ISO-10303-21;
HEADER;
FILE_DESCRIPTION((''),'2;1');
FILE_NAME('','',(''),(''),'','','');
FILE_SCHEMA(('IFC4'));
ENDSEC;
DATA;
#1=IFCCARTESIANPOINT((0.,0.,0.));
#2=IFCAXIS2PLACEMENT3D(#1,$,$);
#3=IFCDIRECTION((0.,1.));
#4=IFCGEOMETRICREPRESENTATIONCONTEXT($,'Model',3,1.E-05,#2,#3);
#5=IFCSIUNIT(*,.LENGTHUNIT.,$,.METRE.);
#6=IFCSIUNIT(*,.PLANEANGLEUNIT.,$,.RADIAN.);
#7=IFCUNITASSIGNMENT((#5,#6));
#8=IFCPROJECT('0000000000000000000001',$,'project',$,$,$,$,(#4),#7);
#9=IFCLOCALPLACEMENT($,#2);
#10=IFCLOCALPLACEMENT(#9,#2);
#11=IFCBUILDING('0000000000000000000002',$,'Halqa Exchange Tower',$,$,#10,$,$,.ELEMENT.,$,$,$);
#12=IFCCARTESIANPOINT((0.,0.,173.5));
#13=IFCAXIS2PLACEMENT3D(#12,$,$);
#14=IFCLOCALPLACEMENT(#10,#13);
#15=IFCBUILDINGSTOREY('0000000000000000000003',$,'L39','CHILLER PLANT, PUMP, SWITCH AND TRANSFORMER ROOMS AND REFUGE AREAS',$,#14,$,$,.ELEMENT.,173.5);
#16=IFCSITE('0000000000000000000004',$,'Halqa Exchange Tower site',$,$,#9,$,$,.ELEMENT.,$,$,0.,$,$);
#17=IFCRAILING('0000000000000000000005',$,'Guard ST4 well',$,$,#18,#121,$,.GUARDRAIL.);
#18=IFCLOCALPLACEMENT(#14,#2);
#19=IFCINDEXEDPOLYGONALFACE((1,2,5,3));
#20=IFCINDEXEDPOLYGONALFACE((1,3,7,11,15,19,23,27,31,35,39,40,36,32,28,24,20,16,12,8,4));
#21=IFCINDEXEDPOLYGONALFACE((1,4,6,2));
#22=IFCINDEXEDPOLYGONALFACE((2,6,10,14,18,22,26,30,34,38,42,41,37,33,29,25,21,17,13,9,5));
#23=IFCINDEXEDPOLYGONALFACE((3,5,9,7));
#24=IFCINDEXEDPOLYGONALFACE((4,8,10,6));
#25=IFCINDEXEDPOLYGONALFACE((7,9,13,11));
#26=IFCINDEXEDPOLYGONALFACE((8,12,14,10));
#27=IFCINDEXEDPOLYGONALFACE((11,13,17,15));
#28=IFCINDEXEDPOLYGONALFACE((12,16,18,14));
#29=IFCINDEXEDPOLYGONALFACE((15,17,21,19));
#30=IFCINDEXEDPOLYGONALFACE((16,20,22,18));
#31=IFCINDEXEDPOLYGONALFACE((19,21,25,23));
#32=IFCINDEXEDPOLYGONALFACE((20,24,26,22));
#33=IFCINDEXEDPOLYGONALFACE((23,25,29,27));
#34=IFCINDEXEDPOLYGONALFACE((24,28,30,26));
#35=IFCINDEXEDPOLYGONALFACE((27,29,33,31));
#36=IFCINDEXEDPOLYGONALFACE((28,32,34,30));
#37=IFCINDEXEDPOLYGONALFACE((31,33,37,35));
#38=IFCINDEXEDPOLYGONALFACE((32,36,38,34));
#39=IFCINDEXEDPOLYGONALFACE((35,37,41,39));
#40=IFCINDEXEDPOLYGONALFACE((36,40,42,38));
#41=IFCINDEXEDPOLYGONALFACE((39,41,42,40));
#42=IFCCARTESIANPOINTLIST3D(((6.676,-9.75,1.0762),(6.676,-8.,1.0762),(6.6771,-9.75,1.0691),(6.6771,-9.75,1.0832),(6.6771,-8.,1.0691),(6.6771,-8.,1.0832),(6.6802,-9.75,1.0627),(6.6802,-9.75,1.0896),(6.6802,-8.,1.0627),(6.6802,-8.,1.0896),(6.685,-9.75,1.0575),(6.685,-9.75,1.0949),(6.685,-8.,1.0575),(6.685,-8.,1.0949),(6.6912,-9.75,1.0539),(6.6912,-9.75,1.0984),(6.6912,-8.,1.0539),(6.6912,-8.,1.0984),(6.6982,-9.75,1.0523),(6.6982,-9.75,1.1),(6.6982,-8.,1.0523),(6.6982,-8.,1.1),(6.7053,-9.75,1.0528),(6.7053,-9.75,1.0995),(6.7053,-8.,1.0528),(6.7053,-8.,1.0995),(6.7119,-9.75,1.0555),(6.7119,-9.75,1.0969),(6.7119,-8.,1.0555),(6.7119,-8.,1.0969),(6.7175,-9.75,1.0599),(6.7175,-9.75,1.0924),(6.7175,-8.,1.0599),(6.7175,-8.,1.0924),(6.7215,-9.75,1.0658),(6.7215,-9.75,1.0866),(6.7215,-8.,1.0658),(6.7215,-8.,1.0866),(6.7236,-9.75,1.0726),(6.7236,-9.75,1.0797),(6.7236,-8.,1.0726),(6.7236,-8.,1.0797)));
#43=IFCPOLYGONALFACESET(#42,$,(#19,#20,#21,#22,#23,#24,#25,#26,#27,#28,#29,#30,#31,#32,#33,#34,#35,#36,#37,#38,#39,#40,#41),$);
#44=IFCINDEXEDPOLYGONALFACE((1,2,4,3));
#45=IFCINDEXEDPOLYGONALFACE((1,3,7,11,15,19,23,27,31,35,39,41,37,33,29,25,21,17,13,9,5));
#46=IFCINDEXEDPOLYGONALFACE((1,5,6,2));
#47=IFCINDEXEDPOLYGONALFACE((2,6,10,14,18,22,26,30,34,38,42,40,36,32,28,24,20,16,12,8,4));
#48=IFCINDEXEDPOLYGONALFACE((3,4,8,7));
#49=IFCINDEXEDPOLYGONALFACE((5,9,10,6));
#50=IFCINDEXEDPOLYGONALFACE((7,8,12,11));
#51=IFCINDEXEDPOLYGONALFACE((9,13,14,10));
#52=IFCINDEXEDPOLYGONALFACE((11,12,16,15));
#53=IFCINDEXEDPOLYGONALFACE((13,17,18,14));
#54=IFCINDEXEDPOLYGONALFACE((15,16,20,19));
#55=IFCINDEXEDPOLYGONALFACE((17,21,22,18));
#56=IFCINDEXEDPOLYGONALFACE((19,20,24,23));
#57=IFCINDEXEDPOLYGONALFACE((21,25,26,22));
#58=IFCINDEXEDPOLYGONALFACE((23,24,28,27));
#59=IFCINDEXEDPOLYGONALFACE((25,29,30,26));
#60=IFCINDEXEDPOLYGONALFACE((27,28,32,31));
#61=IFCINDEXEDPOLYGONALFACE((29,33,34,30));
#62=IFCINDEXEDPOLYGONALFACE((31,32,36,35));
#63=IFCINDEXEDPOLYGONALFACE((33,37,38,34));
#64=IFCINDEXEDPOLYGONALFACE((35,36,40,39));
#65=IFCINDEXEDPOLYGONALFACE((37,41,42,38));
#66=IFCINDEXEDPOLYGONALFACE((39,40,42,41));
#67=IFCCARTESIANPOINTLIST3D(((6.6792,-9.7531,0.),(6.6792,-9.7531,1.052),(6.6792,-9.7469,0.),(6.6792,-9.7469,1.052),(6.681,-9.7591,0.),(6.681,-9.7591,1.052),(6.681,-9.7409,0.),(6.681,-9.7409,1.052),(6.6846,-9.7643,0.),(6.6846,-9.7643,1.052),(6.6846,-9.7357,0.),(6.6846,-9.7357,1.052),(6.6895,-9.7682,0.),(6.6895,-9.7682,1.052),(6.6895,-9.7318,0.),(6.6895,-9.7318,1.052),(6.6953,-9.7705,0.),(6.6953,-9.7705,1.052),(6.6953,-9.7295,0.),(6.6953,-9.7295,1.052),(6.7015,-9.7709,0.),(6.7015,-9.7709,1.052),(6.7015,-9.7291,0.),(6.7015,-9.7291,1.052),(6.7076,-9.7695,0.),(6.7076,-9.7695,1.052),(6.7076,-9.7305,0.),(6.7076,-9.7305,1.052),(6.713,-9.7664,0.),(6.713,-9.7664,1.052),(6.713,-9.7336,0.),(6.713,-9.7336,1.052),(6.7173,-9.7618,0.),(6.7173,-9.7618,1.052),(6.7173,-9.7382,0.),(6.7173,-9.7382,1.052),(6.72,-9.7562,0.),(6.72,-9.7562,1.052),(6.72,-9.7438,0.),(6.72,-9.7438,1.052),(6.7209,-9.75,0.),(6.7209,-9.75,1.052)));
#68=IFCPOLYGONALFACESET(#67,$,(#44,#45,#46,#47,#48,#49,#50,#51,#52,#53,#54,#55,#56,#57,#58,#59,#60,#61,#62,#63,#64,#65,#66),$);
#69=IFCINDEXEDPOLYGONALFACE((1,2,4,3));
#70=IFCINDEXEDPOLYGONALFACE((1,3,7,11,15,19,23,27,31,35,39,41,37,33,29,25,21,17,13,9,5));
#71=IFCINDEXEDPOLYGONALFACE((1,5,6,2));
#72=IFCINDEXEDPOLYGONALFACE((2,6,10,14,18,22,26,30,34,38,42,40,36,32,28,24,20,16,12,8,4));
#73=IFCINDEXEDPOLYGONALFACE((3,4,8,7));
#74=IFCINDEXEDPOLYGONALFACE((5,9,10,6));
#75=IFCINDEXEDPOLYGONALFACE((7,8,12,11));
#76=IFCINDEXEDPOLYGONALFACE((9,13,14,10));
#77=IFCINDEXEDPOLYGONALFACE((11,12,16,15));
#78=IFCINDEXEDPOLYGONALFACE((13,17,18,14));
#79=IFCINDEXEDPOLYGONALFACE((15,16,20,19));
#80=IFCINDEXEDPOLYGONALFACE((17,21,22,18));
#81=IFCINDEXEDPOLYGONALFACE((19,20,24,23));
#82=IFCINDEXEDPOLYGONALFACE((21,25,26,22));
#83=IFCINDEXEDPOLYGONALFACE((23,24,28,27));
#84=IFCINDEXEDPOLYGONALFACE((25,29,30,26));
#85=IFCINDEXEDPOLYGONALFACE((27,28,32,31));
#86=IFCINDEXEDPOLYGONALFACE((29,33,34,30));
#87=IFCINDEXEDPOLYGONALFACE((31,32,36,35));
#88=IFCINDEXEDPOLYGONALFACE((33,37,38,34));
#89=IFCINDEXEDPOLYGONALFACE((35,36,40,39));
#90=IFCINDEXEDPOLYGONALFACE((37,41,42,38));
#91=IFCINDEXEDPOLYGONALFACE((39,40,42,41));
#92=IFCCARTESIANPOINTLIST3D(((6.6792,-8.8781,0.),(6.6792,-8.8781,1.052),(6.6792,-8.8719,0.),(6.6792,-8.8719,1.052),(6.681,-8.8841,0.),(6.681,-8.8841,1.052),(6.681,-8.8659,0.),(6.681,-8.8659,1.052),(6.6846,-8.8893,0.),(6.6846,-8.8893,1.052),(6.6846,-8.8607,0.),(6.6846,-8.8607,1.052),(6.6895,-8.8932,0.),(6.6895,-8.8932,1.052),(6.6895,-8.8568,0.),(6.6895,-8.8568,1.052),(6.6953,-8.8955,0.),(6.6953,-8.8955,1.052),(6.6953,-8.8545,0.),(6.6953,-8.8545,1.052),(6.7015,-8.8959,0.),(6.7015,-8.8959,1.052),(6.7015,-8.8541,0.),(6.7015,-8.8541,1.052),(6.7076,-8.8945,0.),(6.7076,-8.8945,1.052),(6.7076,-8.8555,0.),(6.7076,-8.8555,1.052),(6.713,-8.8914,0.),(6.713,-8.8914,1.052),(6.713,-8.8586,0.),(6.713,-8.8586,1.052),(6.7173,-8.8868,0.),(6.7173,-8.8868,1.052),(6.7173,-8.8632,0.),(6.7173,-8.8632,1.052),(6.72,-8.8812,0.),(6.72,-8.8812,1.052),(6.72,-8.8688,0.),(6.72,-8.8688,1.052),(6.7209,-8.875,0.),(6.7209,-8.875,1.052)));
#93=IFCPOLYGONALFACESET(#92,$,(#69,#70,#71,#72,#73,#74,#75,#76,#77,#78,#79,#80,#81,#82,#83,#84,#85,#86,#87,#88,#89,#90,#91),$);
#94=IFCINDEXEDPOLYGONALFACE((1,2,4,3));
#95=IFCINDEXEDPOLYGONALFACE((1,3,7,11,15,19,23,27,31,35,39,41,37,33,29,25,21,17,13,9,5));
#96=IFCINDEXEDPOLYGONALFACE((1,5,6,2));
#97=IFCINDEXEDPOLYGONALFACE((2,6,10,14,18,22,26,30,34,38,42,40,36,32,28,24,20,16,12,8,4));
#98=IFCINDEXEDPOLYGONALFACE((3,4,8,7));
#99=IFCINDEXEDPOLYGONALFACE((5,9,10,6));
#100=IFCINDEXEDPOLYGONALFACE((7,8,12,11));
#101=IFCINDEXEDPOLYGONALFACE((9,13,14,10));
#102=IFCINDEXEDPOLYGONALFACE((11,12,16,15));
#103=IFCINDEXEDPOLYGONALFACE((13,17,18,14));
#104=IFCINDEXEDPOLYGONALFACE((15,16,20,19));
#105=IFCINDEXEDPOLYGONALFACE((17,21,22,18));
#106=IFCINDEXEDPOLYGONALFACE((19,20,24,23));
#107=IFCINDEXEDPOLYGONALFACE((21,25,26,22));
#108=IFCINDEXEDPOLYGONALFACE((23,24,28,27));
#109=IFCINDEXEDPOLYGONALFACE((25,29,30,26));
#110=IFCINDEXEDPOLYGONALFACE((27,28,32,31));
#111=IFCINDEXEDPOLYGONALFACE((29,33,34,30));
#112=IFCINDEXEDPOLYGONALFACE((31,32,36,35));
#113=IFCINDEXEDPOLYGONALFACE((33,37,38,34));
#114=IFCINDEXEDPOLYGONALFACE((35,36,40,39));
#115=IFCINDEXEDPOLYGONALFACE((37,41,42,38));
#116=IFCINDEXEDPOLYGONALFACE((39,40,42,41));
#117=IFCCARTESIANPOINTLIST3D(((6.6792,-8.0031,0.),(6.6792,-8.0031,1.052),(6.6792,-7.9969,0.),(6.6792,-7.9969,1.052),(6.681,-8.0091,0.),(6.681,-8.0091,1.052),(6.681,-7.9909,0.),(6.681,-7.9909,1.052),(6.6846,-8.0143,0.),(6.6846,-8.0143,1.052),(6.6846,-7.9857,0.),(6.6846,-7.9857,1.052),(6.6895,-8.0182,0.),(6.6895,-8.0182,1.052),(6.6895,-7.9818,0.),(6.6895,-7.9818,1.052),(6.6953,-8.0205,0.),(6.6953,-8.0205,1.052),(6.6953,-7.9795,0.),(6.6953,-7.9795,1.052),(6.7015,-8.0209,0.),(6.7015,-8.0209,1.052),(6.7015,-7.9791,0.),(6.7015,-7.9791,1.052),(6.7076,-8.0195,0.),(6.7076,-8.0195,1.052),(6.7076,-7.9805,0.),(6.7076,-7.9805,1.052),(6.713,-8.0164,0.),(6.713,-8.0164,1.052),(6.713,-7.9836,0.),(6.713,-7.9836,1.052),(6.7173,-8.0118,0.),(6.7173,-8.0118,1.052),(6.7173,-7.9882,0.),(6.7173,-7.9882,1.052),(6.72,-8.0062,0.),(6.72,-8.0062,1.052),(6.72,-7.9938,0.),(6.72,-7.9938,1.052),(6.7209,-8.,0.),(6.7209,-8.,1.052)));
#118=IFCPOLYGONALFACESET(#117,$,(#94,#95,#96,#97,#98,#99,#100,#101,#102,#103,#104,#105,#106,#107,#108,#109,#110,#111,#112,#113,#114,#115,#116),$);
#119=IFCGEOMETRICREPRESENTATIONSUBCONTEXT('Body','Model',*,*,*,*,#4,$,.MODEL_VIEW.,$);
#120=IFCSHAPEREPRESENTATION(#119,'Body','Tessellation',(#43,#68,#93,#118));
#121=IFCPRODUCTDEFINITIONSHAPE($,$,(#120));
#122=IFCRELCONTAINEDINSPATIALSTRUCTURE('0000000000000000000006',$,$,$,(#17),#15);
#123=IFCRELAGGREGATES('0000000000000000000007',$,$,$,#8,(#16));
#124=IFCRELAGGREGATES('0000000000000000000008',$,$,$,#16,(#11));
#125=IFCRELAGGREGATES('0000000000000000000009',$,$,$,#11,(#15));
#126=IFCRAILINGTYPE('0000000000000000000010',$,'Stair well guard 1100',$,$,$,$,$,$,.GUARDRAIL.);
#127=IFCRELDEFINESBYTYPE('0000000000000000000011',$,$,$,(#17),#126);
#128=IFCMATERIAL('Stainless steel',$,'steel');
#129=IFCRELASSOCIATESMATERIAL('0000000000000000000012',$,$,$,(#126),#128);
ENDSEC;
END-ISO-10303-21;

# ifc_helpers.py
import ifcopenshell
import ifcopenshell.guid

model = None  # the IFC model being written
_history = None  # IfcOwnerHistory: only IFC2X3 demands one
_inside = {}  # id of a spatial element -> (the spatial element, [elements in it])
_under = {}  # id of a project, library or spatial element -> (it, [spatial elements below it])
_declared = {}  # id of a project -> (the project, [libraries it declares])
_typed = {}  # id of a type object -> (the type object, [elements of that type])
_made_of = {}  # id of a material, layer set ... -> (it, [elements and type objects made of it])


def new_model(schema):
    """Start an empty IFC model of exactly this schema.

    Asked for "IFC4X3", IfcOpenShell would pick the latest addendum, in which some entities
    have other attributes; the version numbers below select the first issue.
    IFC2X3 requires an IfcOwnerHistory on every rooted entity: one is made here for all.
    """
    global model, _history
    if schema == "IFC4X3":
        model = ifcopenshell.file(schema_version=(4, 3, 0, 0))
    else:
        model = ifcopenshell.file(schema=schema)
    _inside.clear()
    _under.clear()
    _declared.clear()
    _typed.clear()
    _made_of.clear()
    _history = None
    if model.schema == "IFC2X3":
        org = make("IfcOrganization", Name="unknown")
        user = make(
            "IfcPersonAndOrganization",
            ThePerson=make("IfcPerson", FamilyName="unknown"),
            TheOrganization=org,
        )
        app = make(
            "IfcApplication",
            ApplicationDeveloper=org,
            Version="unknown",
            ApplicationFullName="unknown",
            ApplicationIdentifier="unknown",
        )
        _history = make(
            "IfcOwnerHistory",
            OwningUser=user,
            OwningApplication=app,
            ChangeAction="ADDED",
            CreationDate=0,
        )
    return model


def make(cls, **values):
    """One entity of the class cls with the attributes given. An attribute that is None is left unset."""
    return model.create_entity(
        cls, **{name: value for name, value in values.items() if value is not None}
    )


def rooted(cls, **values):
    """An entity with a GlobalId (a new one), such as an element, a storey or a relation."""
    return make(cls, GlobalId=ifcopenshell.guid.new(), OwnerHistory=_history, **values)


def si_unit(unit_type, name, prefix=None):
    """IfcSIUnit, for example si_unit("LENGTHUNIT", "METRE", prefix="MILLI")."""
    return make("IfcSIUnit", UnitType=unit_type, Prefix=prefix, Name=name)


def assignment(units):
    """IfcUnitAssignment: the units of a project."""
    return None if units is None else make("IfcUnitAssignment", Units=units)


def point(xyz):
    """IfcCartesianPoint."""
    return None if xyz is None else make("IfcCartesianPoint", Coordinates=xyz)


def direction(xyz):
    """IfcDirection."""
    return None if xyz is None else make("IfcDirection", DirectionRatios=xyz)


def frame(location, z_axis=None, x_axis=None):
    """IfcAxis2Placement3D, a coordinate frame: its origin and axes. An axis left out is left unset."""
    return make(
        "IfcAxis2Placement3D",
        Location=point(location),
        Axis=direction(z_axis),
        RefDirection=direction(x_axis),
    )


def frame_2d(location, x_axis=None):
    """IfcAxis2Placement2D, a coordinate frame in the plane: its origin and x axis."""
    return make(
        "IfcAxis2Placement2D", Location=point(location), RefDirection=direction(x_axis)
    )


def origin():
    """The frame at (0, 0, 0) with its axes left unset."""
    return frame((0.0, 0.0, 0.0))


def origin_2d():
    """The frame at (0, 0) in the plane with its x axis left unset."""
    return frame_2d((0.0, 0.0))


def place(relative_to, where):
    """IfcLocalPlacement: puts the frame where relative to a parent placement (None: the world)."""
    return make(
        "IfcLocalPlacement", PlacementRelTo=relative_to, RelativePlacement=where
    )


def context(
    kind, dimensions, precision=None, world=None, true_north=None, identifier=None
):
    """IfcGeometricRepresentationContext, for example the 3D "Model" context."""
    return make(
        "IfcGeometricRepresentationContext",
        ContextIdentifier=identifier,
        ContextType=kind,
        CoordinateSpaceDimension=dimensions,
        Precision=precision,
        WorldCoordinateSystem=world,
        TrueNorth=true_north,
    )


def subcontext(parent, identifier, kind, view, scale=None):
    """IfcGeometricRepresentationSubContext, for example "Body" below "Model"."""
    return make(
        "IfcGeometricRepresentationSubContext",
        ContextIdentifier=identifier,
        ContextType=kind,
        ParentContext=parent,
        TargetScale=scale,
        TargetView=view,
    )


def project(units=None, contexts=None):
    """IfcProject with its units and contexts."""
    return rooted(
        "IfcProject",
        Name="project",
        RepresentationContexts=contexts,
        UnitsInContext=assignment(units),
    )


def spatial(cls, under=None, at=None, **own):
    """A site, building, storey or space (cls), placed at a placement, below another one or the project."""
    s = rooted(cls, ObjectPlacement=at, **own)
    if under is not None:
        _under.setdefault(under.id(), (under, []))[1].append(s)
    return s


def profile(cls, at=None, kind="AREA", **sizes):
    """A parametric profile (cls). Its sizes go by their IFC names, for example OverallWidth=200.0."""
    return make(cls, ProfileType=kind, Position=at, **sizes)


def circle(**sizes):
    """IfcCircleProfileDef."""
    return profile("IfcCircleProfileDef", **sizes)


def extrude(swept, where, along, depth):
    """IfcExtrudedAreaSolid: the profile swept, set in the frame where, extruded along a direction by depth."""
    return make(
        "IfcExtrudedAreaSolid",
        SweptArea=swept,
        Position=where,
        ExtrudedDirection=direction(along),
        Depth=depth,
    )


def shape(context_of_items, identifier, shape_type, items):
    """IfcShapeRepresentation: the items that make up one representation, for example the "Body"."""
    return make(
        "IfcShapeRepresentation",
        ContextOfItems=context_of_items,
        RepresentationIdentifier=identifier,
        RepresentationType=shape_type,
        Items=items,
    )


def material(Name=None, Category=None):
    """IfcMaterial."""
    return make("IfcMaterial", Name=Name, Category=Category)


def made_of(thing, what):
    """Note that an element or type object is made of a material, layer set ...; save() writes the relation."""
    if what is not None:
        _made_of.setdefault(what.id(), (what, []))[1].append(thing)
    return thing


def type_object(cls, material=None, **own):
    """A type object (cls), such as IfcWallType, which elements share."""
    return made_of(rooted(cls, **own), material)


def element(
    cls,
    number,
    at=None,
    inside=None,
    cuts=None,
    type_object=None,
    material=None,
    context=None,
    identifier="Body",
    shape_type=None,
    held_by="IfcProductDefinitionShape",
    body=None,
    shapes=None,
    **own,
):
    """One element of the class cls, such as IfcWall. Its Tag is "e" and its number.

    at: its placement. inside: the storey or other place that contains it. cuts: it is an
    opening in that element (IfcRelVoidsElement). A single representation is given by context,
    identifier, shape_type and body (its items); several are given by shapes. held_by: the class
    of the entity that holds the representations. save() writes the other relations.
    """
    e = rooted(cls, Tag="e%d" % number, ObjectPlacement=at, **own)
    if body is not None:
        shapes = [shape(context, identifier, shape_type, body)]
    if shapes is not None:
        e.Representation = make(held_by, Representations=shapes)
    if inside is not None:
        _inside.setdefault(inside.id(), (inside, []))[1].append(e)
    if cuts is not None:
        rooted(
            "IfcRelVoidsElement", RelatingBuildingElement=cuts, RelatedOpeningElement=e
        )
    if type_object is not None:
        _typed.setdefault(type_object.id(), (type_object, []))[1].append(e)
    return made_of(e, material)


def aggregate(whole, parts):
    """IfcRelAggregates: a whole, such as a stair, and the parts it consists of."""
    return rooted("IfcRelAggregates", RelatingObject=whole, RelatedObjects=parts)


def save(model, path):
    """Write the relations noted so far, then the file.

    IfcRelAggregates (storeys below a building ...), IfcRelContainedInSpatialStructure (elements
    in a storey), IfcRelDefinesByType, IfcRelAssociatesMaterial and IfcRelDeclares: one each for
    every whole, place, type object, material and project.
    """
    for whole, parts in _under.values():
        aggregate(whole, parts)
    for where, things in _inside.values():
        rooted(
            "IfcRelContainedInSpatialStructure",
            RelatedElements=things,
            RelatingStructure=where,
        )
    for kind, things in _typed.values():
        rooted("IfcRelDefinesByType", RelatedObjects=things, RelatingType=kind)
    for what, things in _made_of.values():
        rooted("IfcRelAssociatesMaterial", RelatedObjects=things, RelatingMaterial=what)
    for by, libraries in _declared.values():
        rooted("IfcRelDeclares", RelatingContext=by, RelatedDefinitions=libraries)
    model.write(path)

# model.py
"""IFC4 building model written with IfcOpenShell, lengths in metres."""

from ifc_helpers import new_model, si_unit, direction, frame, origin, origin_2d, place, context, subcontext, project, spatial, circle, extrude, material, type_object, element, save


model = new_model("IFC4")

# Units and contexts
model_context = context("Model", 3, precision=1e-05, world=origin(), true_north=direction((0.0, 1.0)))
body_context = subcontext(model_context, "Body", "Model", "MODEL_VIEW")
ifc_project = project(units=[si_unit("LENGTHUNIT", "METRE"), si_unit("PLANEANGLEUNIT", "RADIAN")], contexts=[model_context])

# Site, building, storey
site_placement = place(None, origin())
site = spatial("IfcSite", under=ifc_project, at=site_placement, Name="Halqa Exchange Tower site", CompositionType="ELEMENT", RefElevation=0.0)
building_placement = place(site_placement, origin())
building = spatial("IfcBuilding", under=site, at=building_placement, Name="Halqa Exchange Tower", CompositionType="ELEMENT")
storey_placement = place(building_placement, frame((0.0, 0.0, 173.5)))
storey = spatial("IfcBuildingStorey", under=building, at=storey_placement, Name="L39", Description="CHILLER PLANT, PUMP, SWITCH AND TRANSFORMER ROOMS AND REFUGE AREAS", CompositionType="ELEMENT", Elevation=173.5)

# Railing
ifc_material_1 = material(Name="Stainless steel", Category="steel")
railing_type_1 = type_object("IfcRailingType", Name="Stair well guard 1100", PredefinedType="GUARDRAIL", material=ifc_material_1)
railing_1_placement = place(storey_placement, frame((6.7, -9.75, 0.0)))
element("IfcRailing", 1, at=railing_1_placement, inside=storey, type_object=railing_type_1, Name="Guard ST4 well", PredefinedType="GUARDRAIL", context=body_context, shape_type="SweptSolid", body=[
    extrude(circle(Radius=0.0239, at=origin_2d()), frame((0.0, 0.0, 1.0762), z_axis=(0.0, 1.0, 0.0), x_axis=(-1.0, 0.0, 0.0)), (0.0, 0.0, 1.0), 1.75),
    extrude(circle(Radius=0.021, at=origin_2d()), origin(), (0.0, 0.0, 1.0), 1.052),
    extrude(circle(Radius=0.021, at=origin_2d()), frame((0.0, 0.875, 0.0)), (0.0, 0.0, 1.0), 1.052),
    extrude(circle(Radius=0.021, at=origin_2d()), frame((0.0, 1.75, 0.0)), (0.0, 0.0, 1.0), 1.052),
])

save(model, "model.ifc")
